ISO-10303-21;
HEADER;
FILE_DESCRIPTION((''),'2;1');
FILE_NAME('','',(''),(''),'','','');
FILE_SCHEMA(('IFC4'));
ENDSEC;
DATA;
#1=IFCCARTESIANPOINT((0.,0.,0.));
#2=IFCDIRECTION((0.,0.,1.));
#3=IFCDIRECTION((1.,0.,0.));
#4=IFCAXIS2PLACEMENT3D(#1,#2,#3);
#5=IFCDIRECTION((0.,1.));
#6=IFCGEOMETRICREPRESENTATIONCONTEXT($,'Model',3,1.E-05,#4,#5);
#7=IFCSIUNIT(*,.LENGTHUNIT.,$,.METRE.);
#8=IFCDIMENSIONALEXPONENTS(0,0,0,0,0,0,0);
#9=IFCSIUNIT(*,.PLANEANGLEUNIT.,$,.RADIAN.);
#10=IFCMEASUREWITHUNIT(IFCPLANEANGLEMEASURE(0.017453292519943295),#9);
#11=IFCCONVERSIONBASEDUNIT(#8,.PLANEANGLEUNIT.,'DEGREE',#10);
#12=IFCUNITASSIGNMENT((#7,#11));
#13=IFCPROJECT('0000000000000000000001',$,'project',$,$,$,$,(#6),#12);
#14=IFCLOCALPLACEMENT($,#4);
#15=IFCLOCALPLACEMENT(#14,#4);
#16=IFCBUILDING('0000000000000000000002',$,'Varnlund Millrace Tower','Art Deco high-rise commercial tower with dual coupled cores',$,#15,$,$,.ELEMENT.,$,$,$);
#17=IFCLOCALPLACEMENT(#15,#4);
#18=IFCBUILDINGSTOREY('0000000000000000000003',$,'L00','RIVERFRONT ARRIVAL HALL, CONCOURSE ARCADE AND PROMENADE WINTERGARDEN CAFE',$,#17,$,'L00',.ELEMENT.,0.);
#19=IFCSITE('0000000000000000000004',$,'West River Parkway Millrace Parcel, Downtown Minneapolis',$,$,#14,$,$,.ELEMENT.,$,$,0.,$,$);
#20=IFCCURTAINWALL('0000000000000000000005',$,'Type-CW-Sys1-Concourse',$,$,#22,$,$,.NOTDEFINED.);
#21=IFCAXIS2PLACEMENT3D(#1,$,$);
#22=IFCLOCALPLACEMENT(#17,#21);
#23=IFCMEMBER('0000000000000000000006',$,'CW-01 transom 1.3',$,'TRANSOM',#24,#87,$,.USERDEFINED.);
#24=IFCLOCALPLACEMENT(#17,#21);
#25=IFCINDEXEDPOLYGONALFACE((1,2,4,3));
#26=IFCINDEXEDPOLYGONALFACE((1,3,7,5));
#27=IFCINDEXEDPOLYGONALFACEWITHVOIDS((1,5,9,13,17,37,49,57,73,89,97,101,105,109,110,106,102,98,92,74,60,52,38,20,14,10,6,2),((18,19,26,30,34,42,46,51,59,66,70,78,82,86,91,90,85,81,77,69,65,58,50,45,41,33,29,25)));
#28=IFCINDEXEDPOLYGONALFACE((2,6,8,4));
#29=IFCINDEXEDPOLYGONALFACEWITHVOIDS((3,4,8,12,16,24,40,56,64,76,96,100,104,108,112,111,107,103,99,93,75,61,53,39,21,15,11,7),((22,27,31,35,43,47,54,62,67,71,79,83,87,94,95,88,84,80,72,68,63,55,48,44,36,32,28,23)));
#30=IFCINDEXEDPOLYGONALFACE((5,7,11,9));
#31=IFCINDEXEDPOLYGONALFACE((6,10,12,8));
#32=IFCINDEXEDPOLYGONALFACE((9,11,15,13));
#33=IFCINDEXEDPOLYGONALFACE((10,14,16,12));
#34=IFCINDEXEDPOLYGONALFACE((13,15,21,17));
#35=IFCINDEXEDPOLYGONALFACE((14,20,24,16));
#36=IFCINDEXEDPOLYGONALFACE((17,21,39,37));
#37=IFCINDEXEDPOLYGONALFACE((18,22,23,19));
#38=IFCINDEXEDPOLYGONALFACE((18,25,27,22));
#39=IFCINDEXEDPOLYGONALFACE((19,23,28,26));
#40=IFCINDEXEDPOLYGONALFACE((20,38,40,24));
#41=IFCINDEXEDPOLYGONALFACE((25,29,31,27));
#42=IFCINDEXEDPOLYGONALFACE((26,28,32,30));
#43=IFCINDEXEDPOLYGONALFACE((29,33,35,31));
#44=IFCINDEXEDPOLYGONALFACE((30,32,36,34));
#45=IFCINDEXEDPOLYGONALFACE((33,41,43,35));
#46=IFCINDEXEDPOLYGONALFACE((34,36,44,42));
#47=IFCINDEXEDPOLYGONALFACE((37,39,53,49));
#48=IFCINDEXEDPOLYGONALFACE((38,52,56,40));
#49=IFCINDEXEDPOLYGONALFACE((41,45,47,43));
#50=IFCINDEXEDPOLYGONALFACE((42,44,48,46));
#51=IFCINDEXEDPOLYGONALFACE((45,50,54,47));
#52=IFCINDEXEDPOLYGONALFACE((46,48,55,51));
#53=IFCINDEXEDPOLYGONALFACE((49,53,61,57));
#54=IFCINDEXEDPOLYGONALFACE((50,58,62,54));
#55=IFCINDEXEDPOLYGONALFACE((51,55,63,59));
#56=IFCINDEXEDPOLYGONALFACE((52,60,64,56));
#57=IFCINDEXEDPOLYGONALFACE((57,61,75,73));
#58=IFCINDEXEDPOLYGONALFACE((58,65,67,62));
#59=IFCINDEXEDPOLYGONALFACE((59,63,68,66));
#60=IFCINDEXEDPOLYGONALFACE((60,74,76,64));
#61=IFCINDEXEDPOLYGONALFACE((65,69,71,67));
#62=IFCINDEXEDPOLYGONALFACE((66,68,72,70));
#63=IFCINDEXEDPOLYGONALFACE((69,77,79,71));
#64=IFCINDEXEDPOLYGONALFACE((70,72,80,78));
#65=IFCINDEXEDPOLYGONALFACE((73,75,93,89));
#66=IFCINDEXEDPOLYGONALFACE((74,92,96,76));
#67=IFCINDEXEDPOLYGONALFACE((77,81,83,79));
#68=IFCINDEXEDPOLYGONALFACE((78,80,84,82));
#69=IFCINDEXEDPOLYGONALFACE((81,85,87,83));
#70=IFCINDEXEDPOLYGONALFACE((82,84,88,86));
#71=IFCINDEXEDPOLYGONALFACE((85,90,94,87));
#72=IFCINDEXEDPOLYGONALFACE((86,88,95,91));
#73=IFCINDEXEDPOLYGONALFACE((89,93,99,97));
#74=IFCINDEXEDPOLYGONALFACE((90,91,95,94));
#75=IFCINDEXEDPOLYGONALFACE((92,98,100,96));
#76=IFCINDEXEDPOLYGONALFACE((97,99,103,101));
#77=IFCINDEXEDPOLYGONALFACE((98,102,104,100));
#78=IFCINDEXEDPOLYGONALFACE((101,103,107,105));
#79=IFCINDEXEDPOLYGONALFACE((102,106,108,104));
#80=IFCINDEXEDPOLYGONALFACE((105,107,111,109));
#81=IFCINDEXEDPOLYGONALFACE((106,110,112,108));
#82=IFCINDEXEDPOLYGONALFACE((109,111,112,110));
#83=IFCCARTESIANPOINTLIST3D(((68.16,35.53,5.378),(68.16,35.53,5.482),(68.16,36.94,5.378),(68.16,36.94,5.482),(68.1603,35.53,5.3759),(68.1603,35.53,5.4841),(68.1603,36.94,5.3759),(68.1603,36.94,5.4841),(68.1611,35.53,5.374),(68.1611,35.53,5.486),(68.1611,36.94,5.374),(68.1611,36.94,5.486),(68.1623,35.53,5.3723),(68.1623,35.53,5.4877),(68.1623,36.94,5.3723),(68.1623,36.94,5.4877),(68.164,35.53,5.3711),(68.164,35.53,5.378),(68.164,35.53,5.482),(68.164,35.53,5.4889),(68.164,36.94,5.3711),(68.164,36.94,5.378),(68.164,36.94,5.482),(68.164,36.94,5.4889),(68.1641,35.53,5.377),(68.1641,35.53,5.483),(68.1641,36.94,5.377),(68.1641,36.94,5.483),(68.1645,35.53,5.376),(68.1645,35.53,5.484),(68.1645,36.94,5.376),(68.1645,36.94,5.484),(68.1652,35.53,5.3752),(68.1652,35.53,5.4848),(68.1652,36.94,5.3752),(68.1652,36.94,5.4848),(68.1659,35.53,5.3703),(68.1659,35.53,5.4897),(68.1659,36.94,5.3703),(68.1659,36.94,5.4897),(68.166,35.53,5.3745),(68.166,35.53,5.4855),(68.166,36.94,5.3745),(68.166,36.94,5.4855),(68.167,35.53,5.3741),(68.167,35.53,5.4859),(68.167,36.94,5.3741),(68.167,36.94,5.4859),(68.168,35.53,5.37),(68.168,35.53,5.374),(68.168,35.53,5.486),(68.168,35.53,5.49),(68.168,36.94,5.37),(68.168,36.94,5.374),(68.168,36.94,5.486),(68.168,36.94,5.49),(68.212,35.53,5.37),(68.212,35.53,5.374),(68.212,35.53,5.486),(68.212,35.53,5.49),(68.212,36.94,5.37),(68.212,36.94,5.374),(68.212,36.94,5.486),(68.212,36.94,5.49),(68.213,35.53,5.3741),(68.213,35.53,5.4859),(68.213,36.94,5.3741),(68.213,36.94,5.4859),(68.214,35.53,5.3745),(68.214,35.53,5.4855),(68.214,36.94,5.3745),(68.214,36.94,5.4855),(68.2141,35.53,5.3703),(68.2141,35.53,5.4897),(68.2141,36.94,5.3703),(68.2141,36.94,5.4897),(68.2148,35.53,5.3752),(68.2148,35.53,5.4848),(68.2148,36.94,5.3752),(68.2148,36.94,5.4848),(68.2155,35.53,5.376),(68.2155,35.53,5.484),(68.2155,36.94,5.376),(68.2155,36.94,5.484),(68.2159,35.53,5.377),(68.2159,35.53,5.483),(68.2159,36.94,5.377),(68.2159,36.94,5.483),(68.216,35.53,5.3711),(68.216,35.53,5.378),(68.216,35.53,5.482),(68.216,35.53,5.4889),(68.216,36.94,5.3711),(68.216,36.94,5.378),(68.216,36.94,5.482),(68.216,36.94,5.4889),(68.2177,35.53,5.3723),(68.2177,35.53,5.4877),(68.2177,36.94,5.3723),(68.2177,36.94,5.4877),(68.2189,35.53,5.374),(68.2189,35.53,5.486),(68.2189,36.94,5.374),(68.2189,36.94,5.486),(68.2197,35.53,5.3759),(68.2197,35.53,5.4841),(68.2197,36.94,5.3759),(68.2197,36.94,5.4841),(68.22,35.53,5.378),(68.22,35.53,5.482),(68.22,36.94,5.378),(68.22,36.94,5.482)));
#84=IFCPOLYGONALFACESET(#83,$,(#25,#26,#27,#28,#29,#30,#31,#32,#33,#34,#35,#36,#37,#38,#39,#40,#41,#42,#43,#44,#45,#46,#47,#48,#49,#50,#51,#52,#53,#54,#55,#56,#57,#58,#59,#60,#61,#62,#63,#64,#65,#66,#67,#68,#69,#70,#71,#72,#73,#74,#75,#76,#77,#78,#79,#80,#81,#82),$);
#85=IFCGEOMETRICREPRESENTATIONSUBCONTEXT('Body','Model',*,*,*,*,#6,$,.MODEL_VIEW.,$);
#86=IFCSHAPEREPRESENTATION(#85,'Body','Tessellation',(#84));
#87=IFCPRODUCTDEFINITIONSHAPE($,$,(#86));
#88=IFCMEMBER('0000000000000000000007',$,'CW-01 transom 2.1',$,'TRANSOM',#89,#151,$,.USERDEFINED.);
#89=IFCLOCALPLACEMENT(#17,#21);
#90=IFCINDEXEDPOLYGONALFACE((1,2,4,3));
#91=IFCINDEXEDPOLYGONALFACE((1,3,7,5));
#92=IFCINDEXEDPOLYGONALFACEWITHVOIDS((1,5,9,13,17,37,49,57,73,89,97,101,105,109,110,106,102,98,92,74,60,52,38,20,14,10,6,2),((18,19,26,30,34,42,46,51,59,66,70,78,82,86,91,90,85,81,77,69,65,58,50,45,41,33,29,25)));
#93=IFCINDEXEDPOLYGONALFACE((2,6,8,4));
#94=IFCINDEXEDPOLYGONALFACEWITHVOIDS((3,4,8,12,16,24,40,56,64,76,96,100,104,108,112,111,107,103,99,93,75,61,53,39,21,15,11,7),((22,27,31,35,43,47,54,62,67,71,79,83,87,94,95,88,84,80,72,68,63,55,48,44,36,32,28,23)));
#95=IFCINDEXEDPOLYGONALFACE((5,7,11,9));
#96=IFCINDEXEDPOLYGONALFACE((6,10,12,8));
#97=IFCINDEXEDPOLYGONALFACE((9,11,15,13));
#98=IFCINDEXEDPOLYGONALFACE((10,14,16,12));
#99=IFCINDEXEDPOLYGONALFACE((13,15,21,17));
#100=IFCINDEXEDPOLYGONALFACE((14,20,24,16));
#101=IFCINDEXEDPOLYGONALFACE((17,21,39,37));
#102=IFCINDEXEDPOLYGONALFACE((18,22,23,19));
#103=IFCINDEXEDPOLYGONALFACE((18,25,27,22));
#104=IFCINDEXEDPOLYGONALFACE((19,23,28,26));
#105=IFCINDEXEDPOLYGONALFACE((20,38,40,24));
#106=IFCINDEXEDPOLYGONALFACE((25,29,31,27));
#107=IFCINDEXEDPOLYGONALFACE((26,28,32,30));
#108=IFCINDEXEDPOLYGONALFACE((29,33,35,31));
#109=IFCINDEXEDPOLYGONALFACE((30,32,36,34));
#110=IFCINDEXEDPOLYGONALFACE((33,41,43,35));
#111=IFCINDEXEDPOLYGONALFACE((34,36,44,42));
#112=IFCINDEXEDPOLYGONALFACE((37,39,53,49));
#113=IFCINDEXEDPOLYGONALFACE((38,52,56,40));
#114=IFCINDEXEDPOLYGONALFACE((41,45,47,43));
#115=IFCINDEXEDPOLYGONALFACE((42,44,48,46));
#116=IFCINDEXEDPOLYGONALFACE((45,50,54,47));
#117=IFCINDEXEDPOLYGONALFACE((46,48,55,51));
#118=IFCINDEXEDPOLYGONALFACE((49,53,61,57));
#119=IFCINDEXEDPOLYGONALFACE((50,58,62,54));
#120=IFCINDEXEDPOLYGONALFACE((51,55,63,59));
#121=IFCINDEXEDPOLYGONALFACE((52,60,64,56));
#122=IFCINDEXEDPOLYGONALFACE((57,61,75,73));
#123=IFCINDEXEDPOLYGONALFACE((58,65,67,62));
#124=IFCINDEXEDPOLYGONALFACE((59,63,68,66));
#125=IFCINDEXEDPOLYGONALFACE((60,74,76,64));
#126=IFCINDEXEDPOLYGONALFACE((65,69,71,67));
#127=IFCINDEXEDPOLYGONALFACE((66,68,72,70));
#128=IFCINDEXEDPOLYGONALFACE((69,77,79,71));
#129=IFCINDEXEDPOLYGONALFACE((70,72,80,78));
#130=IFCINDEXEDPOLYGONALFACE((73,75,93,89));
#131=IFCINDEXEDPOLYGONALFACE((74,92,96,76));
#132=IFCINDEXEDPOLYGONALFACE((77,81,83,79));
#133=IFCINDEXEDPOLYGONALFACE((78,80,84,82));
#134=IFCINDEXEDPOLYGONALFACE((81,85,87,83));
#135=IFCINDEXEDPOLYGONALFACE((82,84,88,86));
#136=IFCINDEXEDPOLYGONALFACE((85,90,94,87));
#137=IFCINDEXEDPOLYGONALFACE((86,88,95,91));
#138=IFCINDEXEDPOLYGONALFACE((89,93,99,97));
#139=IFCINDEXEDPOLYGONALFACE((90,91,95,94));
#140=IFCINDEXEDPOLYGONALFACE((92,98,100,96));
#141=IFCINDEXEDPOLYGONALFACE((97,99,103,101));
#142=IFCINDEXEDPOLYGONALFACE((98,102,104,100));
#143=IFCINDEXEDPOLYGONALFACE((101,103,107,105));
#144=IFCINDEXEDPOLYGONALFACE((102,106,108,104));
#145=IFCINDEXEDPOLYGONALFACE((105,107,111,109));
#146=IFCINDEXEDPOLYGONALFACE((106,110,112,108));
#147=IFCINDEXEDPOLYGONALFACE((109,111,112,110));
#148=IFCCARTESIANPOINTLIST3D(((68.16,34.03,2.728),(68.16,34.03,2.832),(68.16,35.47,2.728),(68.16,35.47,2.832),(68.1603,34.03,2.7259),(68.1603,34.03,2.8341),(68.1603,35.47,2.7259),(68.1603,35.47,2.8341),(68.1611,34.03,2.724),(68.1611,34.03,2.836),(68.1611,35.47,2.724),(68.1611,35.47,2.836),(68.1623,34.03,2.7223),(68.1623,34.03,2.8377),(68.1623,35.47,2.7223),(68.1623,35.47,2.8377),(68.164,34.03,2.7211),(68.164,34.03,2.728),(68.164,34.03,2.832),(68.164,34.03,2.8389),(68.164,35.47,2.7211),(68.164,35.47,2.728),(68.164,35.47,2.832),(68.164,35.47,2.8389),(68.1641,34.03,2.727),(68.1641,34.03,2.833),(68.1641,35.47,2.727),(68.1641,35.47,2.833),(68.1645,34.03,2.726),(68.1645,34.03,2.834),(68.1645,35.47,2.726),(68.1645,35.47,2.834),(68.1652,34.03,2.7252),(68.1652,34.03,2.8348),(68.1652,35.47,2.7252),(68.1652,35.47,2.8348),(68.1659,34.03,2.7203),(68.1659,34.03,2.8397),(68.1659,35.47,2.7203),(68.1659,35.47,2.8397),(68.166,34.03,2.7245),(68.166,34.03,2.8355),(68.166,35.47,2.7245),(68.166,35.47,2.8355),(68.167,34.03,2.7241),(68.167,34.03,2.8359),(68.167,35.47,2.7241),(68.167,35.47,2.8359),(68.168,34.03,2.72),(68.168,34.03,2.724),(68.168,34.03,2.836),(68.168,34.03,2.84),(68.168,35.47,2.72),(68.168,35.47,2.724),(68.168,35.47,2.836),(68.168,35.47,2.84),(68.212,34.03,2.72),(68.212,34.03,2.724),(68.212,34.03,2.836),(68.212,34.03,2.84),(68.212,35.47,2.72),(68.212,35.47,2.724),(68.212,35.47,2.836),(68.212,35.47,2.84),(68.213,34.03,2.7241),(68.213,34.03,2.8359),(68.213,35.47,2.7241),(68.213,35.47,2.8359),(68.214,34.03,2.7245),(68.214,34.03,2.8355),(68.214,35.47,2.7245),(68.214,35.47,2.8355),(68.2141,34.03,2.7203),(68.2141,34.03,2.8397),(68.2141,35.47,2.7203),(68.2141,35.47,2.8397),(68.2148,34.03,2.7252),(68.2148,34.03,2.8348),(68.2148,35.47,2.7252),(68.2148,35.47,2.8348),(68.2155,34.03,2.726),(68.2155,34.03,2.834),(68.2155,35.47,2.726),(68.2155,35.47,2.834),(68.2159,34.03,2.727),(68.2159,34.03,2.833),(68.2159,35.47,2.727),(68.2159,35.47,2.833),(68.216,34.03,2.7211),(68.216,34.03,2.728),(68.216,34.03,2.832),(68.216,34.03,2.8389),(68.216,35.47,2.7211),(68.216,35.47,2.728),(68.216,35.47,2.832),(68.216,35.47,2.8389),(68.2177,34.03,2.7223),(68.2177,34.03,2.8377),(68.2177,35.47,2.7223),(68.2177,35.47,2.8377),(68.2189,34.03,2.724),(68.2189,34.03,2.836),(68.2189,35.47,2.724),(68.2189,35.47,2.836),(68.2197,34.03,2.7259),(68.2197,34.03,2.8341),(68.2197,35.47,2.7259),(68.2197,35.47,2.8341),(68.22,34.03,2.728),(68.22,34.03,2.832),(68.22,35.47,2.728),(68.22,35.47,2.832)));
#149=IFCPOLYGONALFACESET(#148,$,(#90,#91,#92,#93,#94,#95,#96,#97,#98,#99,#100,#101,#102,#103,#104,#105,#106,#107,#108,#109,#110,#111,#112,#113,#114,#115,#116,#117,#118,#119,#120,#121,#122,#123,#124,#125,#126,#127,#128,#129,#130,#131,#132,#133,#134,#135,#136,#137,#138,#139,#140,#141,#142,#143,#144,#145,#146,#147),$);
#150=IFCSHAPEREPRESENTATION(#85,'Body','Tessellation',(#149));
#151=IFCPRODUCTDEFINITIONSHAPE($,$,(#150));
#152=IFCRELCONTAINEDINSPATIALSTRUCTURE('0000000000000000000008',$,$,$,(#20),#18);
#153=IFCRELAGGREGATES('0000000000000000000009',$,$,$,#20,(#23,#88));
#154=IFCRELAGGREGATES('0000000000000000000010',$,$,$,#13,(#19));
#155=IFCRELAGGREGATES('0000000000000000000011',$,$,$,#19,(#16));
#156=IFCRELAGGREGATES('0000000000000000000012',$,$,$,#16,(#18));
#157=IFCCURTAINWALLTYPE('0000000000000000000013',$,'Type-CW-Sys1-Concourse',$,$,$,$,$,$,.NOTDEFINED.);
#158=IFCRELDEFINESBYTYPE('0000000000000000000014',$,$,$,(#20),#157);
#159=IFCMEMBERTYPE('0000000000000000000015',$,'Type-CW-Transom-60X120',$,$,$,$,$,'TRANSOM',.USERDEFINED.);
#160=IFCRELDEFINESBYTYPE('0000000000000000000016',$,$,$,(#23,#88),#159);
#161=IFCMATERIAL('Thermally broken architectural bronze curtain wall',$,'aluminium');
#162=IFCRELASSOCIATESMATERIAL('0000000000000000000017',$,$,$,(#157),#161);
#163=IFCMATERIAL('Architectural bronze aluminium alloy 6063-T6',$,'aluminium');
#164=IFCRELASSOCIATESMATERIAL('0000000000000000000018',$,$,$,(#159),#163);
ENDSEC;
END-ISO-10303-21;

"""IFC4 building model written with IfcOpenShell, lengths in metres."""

from ifc_helpers import new_model, entity, si_unit, converted_unit, direction, frame, origin_with_axes, origin_2d_with_axis, place, context, subcontext, project, spatial, hollow_rectangle, extrude, material, material_profile, profile_set, type_object, element, aggregate, save


model = new_model("IFC4")

# Units and contexts
model_context = context("Model", 3, precision=1e-05, world=origin_with_axes(), true_north=direction((0.0, 1.0)))
body_context = subcontext(model_context, "Body", "Model", "MODEL_VIEW")
ifc_project = project(units=[si_unit("LENGTHUNIT", "METRE"), converted_unit("PLANEANGLEUNIT", "DEGREE", entity("IfcPlaneAngleMeasure", 0.017453292519943295), si_unit("PLANEANGLEUNIT", "RADIAN"), dimensions=[0, 0, 0, 0, 0, 0, 0])], contexts=[model_context])

# Site, building, storey
site_placement = place(None, origin_with_axes())
site = spatial("IfcSite", under=ifc_project, at=site_placement, Name="West River Parkway Millrace Parcel, Downtown Minneapolis", CompositionType="ELEMENT", RefElevation=0.0)
building_placement = place(site_placement, origin_with_axes())
building = spatial("IfcBuilding", under=site, at=building_placement, Name="Varnlund Millrace Tower", Description="Art Deco high-rise commercial tower with dual coupled cores", CompositionType="ELEMENT")
storey_placement = place(building_placement, origin_with_axes())
storey = spatial("IfcBuildingStorey", under=building, at=storey_placement, Name="L00", Description="RIVERFRONT ARRIVAL HALL, CONCOURSE ARCADE AND PROMENADE WINTERGARDEN CAFE", LongName="L00", CompositionType="ELEMENT", Elevation=0.0)

# Shared definitions
ifc_material_1 = material(Name="Thermally broken architectural bronze curtain wall", Category="aluminium")
curtain_wall_type = type_object("IfcCurtainWallType", Name="Type-CW-Sys1-Concourse", PredefinedType="NOTDEFINED", material=ifc_material_1)
ifc_material_2 = material(Name="Architectural bronze aluminium alloy 6063-T6", Category="aluminium")

# Curtain wall
curtain_wall_1_placement = place(storey_placement, frame((68.19, 37.0, 2.75), z_axis=(0.0, 0.0, 1.0), x_axis=(1.0, 0.0, 0.0)))
curtain_wall_1 = element("IfcCurtainWall", 1, at=curtain_wall_1_placement, inside=storey, type_object=curtain_wall_type, Name="Type-CW-Sys1-Concourse", PredefinedType="NOTDEFINED")

# Members
ifc_material_profile_1 = material_profile(ifc_material_2, hollow_rectangle(XDim=0.06, YDim=0.12, WallThickness=0.004, InnerFilletRadius=0.004, OuterFilletRadius=0.008, at=origin_2d_with_axis()), Name="Architectural bronze aluminium alloy 6063-T6")
ifc_profile_set_1 = profile_set([ifc_material_profile_1], Name="Architectural bronze aluminium alloy 6063-T6")
member_type_1 = type_object("IfcMemberType", Name="Type-CW-Transom-60X120", ElementType="TRANSOM", PredefinedType="USERDEFINED", material=ifc_profile_set_1)
member_1_placement = place(storey_placement, frame((68.19, 36.94, 5.43), z_axis=(0.0, -1.0, 0.0), x_axis=(1.0, 0.0, 0.0)))
member_1 = element("IfcMember", 2, at=member_1_placement, type_object=member_type_1, Name="CW-01 transom 1.3", ObjectType="TRANSOM", PredefinedType="USERDEFINED", context=body_context, shape_type="SweptSolid", body=[
    extrude(hollow_rectangle(XDim=0.06, YDim=0.12, WallThickness=0.004, InnerFilletRadius=0.004, OuterFilletRadius=0.008, at=origin_2d_with_axis()), origin_with_axes(), (0.0, 0.0, 1.0), 1.41),
])
member_2_placement = place(storey_placement, frame((68.19, 35.47, 2.78), z_axis=(0.0, -1.0, 0.0), x_axis=(1.0, 0.0, 0.0)))
member_2 = element("IfcMember", 3, at=member_2_placement, type_object=member_type_1, Name="CW-01 transom 2.1", ObjectType="TRANSOM", PredefinedType="USERDEFINED", context=body_context, shape_type="SweptSolid", body=[
    extrude(hollow_rectangle(XDim=0.06, YDim=0.12, WallThickness=0.004, InnerFilletRadius=0.004, OuterFilletRadius=0.008, at=origin_2d_with_axis()), origin_with_axes(), (0.0, 0.0, 1.0), 1.44),
])

aggregate(curtain_wall_1, [member_1, member_2])

save(model, "model.ifc")
